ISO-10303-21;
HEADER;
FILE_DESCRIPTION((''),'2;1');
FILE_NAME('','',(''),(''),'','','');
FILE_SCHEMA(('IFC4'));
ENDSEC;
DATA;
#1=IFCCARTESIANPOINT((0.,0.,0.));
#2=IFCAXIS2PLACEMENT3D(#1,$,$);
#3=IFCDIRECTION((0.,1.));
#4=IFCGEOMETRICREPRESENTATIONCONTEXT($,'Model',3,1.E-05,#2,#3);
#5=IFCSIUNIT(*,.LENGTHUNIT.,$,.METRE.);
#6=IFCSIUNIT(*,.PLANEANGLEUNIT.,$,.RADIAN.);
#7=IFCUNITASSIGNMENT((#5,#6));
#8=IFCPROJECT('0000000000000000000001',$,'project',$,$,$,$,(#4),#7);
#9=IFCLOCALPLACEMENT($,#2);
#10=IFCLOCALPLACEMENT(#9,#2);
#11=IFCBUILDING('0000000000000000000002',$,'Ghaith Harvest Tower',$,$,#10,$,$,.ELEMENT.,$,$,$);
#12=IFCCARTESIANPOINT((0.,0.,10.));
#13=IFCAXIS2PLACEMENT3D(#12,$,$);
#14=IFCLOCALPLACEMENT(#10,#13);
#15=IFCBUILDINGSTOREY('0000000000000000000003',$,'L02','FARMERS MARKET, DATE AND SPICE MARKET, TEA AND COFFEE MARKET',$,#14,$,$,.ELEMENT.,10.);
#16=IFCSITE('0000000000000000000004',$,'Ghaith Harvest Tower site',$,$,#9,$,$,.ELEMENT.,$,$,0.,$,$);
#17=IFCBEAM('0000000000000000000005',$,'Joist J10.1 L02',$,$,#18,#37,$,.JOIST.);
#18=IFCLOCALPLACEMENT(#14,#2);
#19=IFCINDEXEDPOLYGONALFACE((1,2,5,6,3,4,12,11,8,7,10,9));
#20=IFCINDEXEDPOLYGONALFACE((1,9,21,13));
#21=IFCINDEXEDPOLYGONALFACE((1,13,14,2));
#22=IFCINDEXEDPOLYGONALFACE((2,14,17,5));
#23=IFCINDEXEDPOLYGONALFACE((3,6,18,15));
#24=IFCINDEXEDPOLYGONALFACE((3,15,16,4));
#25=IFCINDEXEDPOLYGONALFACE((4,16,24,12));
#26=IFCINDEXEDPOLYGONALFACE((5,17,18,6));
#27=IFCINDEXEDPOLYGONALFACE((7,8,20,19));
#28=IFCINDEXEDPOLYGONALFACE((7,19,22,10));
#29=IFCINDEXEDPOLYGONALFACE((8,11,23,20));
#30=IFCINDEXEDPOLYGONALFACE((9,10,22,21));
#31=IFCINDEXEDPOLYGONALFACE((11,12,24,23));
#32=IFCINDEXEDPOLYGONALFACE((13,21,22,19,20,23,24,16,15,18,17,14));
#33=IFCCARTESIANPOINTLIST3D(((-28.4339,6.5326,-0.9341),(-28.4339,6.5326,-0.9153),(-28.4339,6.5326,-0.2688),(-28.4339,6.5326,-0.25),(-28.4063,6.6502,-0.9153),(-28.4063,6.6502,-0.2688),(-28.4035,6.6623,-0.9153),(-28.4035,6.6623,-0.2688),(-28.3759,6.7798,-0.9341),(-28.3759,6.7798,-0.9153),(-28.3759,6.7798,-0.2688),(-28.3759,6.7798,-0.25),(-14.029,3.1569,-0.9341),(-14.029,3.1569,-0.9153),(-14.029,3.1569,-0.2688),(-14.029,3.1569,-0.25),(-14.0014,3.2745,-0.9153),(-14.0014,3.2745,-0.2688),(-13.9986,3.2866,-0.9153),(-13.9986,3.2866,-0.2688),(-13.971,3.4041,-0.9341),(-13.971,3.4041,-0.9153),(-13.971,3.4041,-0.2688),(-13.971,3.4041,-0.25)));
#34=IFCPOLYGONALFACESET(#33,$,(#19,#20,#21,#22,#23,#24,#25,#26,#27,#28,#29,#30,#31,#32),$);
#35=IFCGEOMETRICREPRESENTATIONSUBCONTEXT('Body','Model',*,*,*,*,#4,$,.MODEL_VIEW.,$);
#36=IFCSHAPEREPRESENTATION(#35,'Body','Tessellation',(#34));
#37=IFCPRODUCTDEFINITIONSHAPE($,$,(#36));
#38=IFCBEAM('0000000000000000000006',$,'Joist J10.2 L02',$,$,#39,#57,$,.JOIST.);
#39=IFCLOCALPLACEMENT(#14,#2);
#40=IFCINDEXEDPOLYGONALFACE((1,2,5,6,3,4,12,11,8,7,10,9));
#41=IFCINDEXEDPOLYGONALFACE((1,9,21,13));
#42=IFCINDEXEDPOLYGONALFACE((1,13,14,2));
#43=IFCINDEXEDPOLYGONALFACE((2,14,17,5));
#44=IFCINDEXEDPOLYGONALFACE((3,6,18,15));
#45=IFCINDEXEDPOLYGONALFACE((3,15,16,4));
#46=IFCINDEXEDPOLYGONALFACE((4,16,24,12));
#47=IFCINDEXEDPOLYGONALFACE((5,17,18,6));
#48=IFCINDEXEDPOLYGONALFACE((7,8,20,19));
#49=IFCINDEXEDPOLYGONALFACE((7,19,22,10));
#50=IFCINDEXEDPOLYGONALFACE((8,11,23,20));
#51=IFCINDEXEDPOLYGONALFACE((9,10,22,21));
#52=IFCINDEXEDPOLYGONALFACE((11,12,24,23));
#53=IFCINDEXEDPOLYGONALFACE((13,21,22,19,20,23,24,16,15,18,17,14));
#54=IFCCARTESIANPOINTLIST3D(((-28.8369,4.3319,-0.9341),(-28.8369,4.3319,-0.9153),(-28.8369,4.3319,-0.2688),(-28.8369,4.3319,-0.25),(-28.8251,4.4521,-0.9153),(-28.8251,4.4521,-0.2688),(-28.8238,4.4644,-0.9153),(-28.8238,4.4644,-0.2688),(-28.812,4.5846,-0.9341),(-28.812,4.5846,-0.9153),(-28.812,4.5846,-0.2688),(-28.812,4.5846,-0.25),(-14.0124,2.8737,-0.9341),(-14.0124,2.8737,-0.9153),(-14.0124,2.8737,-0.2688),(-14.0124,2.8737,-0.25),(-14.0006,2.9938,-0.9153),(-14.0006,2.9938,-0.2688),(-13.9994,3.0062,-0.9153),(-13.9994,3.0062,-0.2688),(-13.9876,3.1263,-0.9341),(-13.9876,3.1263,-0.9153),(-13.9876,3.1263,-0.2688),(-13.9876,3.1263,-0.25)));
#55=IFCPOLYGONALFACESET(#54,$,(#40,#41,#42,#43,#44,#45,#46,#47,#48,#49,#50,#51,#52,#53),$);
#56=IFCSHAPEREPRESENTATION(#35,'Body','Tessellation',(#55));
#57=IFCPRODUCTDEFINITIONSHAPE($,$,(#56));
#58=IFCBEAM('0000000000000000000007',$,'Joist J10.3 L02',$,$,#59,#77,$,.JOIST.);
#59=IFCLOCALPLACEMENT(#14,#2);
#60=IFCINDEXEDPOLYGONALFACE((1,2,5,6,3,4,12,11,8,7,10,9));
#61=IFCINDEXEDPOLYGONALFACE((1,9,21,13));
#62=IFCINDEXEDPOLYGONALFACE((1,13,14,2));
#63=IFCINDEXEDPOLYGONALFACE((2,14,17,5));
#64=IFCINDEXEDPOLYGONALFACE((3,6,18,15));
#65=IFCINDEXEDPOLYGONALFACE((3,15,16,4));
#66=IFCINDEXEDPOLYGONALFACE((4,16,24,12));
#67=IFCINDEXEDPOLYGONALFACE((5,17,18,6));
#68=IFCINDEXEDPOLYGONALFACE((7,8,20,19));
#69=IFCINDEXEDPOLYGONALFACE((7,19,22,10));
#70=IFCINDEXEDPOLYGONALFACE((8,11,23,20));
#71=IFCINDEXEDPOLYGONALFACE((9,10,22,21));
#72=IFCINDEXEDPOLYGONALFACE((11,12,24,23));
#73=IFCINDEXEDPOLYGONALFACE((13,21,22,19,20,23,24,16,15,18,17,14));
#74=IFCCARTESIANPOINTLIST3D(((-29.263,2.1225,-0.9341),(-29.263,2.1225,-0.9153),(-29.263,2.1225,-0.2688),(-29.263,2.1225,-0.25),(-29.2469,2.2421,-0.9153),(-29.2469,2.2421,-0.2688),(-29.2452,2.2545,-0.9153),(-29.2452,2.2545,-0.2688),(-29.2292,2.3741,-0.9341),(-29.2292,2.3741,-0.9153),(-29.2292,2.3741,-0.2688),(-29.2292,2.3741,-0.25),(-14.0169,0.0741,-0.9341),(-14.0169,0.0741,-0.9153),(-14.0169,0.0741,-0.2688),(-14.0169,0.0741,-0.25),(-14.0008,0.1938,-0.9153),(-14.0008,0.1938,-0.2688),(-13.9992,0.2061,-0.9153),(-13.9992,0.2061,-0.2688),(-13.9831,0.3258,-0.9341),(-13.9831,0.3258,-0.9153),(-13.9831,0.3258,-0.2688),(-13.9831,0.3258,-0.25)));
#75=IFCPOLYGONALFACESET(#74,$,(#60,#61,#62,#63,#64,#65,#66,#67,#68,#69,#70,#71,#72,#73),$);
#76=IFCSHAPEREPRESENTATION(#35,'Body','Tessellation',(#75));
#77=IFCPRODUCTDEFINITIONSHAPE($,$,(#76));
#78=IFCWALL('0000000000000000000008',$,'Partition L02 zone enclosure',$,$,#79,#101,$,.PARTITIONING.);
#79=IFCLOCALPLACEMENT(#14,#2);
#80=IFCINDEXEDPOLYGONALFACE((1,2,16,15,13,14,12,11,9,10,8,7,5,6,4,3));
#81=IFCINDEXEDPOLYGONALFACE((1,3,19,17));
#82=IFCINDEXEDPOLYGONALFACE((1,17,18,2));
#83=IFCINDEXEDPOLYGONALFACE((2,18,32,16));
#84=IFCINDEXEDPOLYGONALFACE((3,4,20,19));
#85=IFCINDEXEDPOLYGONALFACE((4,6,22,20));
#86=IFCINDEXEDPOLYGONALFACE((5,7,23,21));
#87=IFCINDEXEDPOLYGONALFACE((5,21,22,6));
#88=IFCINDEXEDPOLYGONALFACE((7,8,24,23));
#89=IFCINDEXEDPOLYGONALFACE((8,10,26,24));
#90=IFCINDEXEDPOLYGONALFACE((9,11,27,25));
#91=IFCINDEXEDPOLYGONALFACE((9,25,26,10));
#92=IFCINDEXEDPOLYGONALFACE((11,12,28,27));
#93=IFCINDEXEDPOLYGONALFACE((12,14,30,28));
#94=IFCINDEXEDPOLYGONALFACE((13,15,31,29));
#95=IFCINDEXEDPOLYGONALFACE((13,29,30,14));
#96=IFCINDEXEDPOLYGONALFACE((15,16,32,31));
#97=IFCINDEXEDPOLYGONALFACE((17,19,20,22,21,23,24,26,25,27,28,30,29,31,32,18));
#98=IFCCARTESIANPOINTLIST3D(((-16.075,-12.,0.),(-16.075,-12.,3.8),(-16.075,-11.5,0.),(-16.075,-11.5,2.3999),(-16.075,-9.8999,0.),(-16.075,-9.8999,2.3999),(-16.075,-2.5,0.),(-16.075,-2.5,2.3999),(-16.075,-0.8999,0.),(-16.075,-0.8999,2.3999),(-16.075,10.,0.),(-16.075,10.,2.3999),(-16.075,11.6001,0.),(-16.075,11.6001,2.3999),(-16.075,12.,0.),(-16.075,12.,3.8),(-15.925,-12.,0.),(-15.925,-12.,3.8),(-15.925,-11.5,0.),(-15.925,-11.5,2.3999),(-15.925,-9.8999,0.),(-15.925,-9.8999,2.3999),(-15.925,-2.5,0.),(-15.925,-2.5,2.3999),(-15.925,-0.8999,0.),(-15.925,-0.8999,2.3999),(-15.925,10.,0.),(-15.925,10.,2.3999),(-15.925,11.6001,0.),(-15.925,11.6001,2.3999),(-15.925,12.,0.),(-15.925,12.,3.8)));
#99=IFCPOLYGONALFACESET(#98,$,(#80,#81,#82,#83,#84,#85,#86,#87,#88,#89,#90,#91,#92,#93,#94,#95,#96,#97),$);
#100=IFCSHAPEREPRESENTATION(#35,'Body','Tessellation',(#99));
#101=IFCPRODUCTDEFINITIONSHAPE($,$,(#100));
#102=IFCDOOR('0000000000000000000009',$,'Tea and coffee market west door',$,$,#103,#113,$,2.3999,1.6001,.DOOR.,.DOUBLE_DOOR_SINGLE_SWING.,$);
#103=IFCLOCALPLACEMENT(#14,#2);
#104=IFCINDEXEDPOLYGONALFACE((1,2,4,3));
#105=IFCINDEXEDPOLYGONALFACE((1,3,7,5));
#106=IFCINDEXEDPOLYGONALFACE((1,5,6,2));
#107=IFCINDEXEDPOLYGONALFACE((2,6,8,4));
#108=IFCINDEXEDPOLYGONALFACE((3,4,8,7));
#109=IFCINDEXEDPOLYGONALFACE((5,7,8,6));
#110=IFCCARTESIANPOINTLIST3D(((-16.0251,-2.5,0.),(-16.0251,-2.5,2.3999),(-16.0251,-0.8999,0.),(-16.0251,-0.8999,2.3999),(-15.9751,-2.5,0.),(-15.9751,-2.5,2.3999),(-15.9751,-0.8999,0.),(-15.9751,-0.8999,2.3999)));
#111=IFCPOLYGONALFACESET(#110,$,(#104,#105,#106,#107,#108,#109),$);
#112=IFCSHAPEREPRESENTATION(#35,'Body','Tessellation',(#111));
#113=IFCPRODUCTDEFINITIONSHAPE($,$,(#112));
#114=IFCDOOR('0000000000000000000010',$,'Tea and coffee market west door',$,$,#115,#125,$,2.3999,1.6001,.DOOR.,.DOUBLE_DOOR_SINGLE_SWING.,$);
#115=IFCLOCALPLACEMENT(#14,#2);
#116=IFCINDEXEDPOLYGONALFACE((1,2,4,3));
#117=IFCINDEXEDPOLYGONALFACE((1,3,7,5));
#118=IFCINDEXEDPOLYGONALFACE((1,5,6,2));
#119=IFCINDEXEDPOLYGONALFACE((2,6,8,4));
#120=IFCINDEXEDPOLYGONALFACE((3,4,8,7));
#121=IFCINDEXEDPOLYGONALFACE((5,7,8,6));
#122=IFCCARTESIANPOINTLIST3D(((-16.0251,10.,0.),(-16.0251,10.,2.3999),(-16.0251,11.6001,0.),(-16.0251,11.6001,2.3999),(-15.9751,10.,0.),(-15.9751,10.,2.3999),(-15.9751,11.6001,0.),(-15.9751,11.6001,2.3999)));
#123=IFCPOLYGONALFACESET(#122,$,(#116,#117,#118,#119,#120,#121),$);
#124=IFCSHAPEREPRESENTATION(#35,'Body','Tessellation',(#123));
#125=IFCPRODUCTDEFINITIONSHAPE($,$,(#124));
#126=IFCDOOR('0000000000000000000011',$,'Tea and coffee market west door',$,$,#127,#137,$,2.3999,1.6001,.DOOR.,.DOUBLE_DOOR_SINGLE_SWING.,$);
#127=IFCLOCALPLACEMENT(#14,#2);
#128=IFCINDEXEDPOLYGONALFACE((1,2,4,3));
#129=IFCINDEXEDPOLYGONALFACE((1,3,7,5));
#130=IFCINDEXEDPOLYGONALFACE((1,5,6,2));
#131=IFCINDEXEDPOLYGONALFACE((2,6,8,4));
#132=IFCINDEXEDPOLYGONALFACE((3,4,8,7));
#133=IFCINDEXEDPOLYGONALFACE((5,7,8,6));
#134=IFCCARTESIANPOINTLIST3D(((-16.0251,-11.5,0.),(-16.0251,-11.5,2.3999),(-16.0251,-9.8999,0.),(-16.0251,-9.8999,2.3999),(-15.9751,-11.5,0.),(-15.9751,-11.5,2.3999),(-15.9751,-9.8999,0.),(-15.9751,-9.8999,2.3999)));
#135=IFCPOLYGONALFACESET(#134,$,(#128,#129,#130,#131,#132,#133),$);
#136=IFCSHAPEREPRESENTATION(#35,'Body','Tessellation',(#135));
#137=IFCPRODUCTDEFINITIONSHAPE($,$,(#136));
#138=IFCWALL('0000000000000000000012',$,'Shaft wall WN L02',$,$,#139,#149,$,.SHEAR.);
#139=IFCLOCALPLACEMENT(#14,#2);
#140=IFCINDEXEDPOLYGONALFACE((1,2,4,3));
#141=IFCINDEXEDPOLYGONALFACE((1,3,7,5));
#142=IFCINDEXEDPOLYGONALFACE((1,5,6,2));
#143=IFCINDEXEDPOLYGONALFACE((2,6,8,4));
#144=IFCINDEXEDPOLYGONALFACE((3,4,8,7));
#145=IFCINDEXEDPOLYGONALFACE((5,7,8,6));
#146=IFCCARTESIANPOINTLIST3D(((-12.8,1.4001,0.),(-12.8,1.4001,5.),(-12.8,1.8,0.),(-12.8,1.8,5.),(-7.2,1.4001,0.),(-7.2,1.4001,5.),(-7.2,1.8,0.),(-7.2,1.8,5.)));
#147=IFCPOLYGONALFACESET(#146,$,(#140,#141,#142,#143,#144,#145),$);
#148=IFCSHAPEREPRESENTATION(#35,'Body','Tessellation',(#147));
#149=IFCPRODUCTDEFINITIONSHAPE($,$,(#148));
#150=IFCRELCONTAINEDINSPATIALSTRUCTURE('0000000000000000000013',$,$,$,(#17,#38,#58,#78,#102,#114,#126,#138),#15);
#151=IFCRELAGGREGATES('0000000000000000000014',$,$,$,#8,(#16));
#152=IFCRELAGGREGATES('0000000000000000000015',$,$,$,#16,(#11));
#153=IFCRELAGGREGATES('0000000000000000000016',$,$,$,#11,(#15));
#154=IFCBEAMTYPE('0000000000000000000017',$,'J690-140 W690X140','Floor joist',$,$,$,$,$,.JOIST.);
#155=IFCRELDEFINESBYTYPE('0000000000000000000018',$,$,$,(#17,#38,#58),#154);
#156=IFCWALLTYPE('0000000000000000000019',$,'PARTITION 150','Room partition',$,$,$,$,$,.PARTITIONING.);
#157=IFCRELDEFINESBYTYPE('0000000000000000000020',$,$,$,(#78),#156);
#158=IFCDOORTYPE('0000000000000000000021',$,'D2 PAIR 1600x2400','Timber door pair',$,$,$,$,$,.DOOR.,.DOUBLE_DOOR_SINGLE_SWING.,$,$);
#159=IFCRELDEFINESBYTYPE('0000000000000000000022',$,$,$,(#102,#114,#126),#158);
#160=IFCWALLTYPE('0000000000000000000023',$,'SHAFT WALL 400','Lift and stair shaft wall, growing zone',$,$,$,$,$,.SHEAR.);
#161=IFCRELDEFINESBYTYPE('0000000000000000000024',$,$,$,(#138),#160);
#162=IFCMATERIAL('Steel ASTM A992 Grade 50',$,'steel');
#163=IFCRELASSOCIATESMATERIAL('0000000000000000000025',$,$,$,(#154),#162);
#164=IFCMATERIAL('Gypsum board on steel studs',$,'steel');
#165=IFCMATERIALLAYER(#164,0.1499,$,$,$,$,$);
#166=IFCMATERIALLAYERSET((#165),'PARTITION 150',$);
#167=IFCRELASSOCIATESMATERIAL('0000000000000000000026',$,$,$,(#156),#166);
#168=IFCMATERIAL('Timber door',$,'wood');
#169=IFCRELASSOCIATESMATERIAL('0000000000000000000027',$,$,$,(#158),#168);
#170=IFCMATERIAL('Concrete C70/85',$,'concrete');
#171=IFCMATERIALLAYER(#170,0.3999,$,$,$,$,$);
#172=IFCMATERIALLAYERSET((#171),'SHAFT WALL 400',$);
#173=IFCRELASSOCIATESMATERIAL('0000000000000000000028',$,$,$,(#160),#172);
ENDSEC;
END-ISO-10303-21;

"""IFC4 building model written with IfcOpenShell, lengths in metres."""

from ifc_helpers import new_model, si_unit, direction, frame, frame_2d, origin, origin_2d, place, context, subcontext, project, spatial, rectangle, i_section, extrude, material, layer, layer_set, material_profile, profile_set, type_object, element, fill, save


model = new_model("IFC4")

# Units and contexts
model_context = context("Model", 3, precision=1e-05, world=origin(), true_north=direction((0.0, 1.0)))
body_context = subcontext(model_context, "Body", "Model", "MODEL_VIEW")
ifc_project = project(units=[si_unit("LENGTHUNIT", "METRE"), si_unit("PLANEANGLEUNIT", "RADIAN")], contexts=[model_context])

# Site, building, storey
site_placement = place(None, origin())
site = spatial("IfcSite", under=ifc_project, at=site_placement, Name="Ghaith Harvest Tower site", CompositionType="ELEMENT", RefElevation=0.0)
building_placement = place(site_placement, origin())
building = spatial("IfcBuilding", under=site, at=building_placement, Name="Ghaith Harvest Tower", CompositionType="ELEMENT")
storey_placement = place(building_placement, frame((0.0, 0.0, 10.0)))
storey = spatial("IfcBuildingStorey", under=building, at=storey_placement, Name="L02", Description="FARMERS MARKET, DATE AND SPICE MARKET, TEA AND COFFEE MARKET", CompositionType="ELEMENT", Elevation=10.0)

# Beams
ifc_material_1 = material(Name="Steel ASTM A992 Grade 50", Category="steel")
ifc_material_profile_1 = material_profile(ifc_material_1, i_section(OverallWidth=0.2539, OverallDepth=0.6841, WebThickness=0.0125, FlangeThickness=0.0188, at=origin_2d()), Name="W690X140")
ifc_profile_set_1 = profile_set([ifc_material_profile_1], Name="Steel ASTM A992 Grade 50")
beam_type_1 = type_object("IfcBeamType", Name="J690-140 W690X140", Description="Floor joist", PredefinedType="JOIST", material=ifc_profile_set_1)
beam_1_placement = place(storey_placement, frame((-14.0, 3.2805, -0.592), z_axis=(-0.973623, 0.228163, 0.0), x_axis=(-0.228163, -0.973623, 0.0)))
element("IfcBeam", 1, at=beam_1_placement, inside=storey, type_object=beam_type_1, Name="Joist J10.1 L02", PredefinedType="JOIST", context=body_context, shape_type="SweptSolid", body=[
    extrude(i_section(OverallWidth=0.2539, OverallDepth=0.6841, WebThickness=0.0125, FlangeThickness=0.0188, at=origin_2d()), origin(), (0.0, 0.0, 1.0), 14.7952),
])
beam_2_placement = place(storey_placement, frame((-14.0, 3.0, -0.592), z_axis=(-0.995197, 0.097895, 0.0), x_axis=(-0.097895, -0.995197, 0.0)))
element("IfcBeam", 2, at=beam_2_placement, inside=storey, type_object=beam_type_1, Name="Joist J10.2 L02", PredefinedType="JOIST", context=body_context, shape_type="SweptSolid", body=[
    extrude(i_section(OverallWidth=0.2539, OverallDepth=0.6841, WebThickness=0.0125, FlangeThickness=0.0188, at=origin_2d()), origin(), (0.0, 0.0, 1.0), 14.896),
])
beam_3_placement = place(storey_placement, frame((-14.0, 0.2, -0.592), z_axis=(-0.991095, 0.133155, 0.0), x_axis=(-0.133155, -0.991095, 0.0)))
element("IfcBeam", 3, at=beam_3_placement, inside=storey, type_object=beam_type_1, Name="Joist J10.3 L02", PredefinedType="JOIST", context=body_context, shape_type="SweptSolid", body=[
    extrude(i_section(OverallWidth=0.2539, OverallDepth=0.6841, WebThickness=0.0125, FlangeThickness=0.0188, at=origin_2d()), origin(), (0.0, 0.0, 1.0), 15.3831),
])

# Wall, openings, doors
ifc_material_2 = material(Name="Gypsum board on steel studs", Category="steel")
ifc_layer_1 = layer(ifc_material_2, 0.1499)
ifc_layer_set_1 = layer_set([ifc_layer_1], Name="PARTITION 150")
wall_type_1 = type_object("IfcWallType", Name="PARTITION 150", Description="Room partition", PredefinedType="PARTITIONING", material=ifc_layer_set_1)
wall_1_placement = place(storey_placement, frame((-16.0, 12.0, 0.0), z_axis=(0.0, 0.0, 1.0), x_axis=(0.0, -1.0, 0.0)))
wall_1 = element("IfcWall", 4, at=wall_1_placement, inside=storey, type_object=wall_type_1, Name="Partition L02 zone enclosure", PredefinedType="PARTITIONING", context=body_context, shape_type="SweptSolid", body=[
    extrude(rectangle(XDim=24.0, YDim=0.1499, at=frame_2d((12.0, 0.0))), origin(), (0.0, 0.0, 1.0), 3.8),
])
opening_1_placement = place(wall_1_placement, frame((12.8999, 0.0, 0.0)))
opening_1 = element("IfcOpeningElement", 5, at=opening_1_placement, cuts=wall_1, PredefinedType="OPENING", context=body_context, shape_type="SweptSolid", body=[
    extrude(rectangle(XDim=1.6001, YDim=2.3999, at=frame_2d((0.8, 1.2))), frame((0.0, 0.085, 0.0), z_axis=(0.0, -1.0, 0.0), x_axis=(1.0, 0.0, 0.0)), (0.0, 0.0, 1.0), 0.1699),
])
opening_2_placement = place(wall_1_placement, frame((0.3999, 0.0, 0.0)))
opening_2 = element("IfcOpeningElement", 6, at=opening_2_placement, cuts=wall_1, PredefinedType="OPENING", context=body_context, shape_type="SweptSolid", body=[
    extrude(rectangle(XDim=1.6001, YDim=2.3999, at=frame_2d((0.8, 1.2))), frame((0.0, 0.085, 0.0), z_axis=(0.0, -1.0, 0.0), x_axis=(1.0, 0.0, 0.0)), (0.0, 0.0, 1.0), 0.1699),
])
opening_3_placement = place(wall_1_placement, frame((21.8999, 0.0, 0.0)))
opening_3 = element("IfcOpeningElement", 7, at=opening_3_placement, cuts=wall_1, PredefinedType="OPENING", context=body_context, shape_type="SweptSolid", body=[
    extrude(rectangle(XDim=1.6001, YDim=2.3999, at=frame_2d((0.8, 1.2))), frame((0.0, 0.085, 0.0), z_axis=(0.0, -1.0, 0.0), x_axis=(1.0, 0.0, 0.0)), (0.0, 0.0, 1.0), 0.1699),
])
ifc_material_3 = material(Name="Timber door", Category="wood")
door_type_1 = type_object("IfcDoorType", Name="D2 PAIR 1600x2400", Description="Timber door pair", OperationType="DOUBLE_DOOR_SINGLE_SWING", PredefinedType="DOOR", material=ifc_material_3)
door_1_placement = place(opening_1_placement, origin())
door_1 = element("IfcDoor", 8, at=door_1_placement, inside=storey, type_object=door_type_1, Name="Tea and coffee market west door", OperationType="DOUBLE_DOOR_SINGLE_SWING", OverallHeight=2.3999, OverallWidth=1.6001, PredefinedType="DOOR", context=body_context, shape_type="SweptSolid", body=[
    extrude(rectangle(XDim=1.6001, YDim=2.3999, at=frame_2d((0.8, 1.2))), frame((0.0, 0.0249, 0.0), z_axis=(0.0, -1.0, 0.0), x_axis=(1.0, 0.0, 0.0)), (0.0, 0.0, 1.0), 0.05),
])
fill(opening_1, door_1)
door_2_placement = place(opening_2_placement, origin())
door_2 = element("IfcDoor", 9, at=door_2_placement, inside=storey, type_object=door_type_1, Name="Tea and coffee market west door", OperationType="DOUBLE_DOOR_SINGLE_SWING", OverallHeight=2.3999, OverallWidth=1.6001, PredefinedType="DOOR", context=body_context, shape_type="SweptSolid", body=[
    extrude(rectangle(XDim=1.6001, YDim=2.3999, at=frame_2d((0.8, 1.2))), frame((0.0, 0.0249, 0.0), z_axis=(0.0, -1.0, 0.0), x_axis=(1.0, 0.0, 0.0)), (0.0, 0.0, 1.0), 0.05),
])
fill(opening_2, door_2)
door_3_placement = place(opening_3_placement, origin())
door_3 = element("IfcDoor", 10, at=door_3_placement, inside=storey, type_object=door_type_1, Name="Tea and coffee market west door", OperationType="DOUBLE_DOOR_SINGLE_SWING", OverallHeight=2.3999, OverallWidth=1.6001, PredefinedType="DOOR", context=body_context, shape_type="SweptSolid", body=[
    extrude(rectangle(XDim=1.6001, YDim=2.3999, at=frame_2d((0.8, 1.2))), frame((0.0, 0.0249, 0.0), z_axis=(0.0, -1.0, 0.0), x_axis=(1.0, 0.0, 0.0)), (0.0, 0.0, 1.0), 0.05),
])
fill(opening_3, door_3)

# Wall
ifc_material_4 = material(Name="Concrete C70/85", Category="concrete")
ifc_layer_2 = layer(ifc_material_4, 0.3999)
ifc_layer_set_2 = layer_set([ifc_layer_2], Name="SHAFT WALL 400")
wall_type_2 = type_object("IfcWallType", Name="SHAFT WALL 400", Description="Lift and stair shaft wall, growing zone", PredefinedType="SHEAR", material=ifc_layer_set_2)
wall_2_placement = place(storey_placement, frame((-12.8, 1.6001, 0.0), z_axis=(0.0, 0.0, 1.0), x_axis=(1.0, 0.0, 0.0)))
element("IfcWall", 11, at=wall_2_placement, inside=storey, type_object=wall_type_2, Name="Shaft wall WN L02", PredefinedType="SHEAR", context=body_context, shape_type="SweptSolid", body=[
    extrude(rectangle(XDim=5.6001, YDim=0.3999, at=frame_2d((2.8, 0.0))), origin(), (0.0, 0.0, 1.0), 5.0),
])

save(model, "model.ifc")
